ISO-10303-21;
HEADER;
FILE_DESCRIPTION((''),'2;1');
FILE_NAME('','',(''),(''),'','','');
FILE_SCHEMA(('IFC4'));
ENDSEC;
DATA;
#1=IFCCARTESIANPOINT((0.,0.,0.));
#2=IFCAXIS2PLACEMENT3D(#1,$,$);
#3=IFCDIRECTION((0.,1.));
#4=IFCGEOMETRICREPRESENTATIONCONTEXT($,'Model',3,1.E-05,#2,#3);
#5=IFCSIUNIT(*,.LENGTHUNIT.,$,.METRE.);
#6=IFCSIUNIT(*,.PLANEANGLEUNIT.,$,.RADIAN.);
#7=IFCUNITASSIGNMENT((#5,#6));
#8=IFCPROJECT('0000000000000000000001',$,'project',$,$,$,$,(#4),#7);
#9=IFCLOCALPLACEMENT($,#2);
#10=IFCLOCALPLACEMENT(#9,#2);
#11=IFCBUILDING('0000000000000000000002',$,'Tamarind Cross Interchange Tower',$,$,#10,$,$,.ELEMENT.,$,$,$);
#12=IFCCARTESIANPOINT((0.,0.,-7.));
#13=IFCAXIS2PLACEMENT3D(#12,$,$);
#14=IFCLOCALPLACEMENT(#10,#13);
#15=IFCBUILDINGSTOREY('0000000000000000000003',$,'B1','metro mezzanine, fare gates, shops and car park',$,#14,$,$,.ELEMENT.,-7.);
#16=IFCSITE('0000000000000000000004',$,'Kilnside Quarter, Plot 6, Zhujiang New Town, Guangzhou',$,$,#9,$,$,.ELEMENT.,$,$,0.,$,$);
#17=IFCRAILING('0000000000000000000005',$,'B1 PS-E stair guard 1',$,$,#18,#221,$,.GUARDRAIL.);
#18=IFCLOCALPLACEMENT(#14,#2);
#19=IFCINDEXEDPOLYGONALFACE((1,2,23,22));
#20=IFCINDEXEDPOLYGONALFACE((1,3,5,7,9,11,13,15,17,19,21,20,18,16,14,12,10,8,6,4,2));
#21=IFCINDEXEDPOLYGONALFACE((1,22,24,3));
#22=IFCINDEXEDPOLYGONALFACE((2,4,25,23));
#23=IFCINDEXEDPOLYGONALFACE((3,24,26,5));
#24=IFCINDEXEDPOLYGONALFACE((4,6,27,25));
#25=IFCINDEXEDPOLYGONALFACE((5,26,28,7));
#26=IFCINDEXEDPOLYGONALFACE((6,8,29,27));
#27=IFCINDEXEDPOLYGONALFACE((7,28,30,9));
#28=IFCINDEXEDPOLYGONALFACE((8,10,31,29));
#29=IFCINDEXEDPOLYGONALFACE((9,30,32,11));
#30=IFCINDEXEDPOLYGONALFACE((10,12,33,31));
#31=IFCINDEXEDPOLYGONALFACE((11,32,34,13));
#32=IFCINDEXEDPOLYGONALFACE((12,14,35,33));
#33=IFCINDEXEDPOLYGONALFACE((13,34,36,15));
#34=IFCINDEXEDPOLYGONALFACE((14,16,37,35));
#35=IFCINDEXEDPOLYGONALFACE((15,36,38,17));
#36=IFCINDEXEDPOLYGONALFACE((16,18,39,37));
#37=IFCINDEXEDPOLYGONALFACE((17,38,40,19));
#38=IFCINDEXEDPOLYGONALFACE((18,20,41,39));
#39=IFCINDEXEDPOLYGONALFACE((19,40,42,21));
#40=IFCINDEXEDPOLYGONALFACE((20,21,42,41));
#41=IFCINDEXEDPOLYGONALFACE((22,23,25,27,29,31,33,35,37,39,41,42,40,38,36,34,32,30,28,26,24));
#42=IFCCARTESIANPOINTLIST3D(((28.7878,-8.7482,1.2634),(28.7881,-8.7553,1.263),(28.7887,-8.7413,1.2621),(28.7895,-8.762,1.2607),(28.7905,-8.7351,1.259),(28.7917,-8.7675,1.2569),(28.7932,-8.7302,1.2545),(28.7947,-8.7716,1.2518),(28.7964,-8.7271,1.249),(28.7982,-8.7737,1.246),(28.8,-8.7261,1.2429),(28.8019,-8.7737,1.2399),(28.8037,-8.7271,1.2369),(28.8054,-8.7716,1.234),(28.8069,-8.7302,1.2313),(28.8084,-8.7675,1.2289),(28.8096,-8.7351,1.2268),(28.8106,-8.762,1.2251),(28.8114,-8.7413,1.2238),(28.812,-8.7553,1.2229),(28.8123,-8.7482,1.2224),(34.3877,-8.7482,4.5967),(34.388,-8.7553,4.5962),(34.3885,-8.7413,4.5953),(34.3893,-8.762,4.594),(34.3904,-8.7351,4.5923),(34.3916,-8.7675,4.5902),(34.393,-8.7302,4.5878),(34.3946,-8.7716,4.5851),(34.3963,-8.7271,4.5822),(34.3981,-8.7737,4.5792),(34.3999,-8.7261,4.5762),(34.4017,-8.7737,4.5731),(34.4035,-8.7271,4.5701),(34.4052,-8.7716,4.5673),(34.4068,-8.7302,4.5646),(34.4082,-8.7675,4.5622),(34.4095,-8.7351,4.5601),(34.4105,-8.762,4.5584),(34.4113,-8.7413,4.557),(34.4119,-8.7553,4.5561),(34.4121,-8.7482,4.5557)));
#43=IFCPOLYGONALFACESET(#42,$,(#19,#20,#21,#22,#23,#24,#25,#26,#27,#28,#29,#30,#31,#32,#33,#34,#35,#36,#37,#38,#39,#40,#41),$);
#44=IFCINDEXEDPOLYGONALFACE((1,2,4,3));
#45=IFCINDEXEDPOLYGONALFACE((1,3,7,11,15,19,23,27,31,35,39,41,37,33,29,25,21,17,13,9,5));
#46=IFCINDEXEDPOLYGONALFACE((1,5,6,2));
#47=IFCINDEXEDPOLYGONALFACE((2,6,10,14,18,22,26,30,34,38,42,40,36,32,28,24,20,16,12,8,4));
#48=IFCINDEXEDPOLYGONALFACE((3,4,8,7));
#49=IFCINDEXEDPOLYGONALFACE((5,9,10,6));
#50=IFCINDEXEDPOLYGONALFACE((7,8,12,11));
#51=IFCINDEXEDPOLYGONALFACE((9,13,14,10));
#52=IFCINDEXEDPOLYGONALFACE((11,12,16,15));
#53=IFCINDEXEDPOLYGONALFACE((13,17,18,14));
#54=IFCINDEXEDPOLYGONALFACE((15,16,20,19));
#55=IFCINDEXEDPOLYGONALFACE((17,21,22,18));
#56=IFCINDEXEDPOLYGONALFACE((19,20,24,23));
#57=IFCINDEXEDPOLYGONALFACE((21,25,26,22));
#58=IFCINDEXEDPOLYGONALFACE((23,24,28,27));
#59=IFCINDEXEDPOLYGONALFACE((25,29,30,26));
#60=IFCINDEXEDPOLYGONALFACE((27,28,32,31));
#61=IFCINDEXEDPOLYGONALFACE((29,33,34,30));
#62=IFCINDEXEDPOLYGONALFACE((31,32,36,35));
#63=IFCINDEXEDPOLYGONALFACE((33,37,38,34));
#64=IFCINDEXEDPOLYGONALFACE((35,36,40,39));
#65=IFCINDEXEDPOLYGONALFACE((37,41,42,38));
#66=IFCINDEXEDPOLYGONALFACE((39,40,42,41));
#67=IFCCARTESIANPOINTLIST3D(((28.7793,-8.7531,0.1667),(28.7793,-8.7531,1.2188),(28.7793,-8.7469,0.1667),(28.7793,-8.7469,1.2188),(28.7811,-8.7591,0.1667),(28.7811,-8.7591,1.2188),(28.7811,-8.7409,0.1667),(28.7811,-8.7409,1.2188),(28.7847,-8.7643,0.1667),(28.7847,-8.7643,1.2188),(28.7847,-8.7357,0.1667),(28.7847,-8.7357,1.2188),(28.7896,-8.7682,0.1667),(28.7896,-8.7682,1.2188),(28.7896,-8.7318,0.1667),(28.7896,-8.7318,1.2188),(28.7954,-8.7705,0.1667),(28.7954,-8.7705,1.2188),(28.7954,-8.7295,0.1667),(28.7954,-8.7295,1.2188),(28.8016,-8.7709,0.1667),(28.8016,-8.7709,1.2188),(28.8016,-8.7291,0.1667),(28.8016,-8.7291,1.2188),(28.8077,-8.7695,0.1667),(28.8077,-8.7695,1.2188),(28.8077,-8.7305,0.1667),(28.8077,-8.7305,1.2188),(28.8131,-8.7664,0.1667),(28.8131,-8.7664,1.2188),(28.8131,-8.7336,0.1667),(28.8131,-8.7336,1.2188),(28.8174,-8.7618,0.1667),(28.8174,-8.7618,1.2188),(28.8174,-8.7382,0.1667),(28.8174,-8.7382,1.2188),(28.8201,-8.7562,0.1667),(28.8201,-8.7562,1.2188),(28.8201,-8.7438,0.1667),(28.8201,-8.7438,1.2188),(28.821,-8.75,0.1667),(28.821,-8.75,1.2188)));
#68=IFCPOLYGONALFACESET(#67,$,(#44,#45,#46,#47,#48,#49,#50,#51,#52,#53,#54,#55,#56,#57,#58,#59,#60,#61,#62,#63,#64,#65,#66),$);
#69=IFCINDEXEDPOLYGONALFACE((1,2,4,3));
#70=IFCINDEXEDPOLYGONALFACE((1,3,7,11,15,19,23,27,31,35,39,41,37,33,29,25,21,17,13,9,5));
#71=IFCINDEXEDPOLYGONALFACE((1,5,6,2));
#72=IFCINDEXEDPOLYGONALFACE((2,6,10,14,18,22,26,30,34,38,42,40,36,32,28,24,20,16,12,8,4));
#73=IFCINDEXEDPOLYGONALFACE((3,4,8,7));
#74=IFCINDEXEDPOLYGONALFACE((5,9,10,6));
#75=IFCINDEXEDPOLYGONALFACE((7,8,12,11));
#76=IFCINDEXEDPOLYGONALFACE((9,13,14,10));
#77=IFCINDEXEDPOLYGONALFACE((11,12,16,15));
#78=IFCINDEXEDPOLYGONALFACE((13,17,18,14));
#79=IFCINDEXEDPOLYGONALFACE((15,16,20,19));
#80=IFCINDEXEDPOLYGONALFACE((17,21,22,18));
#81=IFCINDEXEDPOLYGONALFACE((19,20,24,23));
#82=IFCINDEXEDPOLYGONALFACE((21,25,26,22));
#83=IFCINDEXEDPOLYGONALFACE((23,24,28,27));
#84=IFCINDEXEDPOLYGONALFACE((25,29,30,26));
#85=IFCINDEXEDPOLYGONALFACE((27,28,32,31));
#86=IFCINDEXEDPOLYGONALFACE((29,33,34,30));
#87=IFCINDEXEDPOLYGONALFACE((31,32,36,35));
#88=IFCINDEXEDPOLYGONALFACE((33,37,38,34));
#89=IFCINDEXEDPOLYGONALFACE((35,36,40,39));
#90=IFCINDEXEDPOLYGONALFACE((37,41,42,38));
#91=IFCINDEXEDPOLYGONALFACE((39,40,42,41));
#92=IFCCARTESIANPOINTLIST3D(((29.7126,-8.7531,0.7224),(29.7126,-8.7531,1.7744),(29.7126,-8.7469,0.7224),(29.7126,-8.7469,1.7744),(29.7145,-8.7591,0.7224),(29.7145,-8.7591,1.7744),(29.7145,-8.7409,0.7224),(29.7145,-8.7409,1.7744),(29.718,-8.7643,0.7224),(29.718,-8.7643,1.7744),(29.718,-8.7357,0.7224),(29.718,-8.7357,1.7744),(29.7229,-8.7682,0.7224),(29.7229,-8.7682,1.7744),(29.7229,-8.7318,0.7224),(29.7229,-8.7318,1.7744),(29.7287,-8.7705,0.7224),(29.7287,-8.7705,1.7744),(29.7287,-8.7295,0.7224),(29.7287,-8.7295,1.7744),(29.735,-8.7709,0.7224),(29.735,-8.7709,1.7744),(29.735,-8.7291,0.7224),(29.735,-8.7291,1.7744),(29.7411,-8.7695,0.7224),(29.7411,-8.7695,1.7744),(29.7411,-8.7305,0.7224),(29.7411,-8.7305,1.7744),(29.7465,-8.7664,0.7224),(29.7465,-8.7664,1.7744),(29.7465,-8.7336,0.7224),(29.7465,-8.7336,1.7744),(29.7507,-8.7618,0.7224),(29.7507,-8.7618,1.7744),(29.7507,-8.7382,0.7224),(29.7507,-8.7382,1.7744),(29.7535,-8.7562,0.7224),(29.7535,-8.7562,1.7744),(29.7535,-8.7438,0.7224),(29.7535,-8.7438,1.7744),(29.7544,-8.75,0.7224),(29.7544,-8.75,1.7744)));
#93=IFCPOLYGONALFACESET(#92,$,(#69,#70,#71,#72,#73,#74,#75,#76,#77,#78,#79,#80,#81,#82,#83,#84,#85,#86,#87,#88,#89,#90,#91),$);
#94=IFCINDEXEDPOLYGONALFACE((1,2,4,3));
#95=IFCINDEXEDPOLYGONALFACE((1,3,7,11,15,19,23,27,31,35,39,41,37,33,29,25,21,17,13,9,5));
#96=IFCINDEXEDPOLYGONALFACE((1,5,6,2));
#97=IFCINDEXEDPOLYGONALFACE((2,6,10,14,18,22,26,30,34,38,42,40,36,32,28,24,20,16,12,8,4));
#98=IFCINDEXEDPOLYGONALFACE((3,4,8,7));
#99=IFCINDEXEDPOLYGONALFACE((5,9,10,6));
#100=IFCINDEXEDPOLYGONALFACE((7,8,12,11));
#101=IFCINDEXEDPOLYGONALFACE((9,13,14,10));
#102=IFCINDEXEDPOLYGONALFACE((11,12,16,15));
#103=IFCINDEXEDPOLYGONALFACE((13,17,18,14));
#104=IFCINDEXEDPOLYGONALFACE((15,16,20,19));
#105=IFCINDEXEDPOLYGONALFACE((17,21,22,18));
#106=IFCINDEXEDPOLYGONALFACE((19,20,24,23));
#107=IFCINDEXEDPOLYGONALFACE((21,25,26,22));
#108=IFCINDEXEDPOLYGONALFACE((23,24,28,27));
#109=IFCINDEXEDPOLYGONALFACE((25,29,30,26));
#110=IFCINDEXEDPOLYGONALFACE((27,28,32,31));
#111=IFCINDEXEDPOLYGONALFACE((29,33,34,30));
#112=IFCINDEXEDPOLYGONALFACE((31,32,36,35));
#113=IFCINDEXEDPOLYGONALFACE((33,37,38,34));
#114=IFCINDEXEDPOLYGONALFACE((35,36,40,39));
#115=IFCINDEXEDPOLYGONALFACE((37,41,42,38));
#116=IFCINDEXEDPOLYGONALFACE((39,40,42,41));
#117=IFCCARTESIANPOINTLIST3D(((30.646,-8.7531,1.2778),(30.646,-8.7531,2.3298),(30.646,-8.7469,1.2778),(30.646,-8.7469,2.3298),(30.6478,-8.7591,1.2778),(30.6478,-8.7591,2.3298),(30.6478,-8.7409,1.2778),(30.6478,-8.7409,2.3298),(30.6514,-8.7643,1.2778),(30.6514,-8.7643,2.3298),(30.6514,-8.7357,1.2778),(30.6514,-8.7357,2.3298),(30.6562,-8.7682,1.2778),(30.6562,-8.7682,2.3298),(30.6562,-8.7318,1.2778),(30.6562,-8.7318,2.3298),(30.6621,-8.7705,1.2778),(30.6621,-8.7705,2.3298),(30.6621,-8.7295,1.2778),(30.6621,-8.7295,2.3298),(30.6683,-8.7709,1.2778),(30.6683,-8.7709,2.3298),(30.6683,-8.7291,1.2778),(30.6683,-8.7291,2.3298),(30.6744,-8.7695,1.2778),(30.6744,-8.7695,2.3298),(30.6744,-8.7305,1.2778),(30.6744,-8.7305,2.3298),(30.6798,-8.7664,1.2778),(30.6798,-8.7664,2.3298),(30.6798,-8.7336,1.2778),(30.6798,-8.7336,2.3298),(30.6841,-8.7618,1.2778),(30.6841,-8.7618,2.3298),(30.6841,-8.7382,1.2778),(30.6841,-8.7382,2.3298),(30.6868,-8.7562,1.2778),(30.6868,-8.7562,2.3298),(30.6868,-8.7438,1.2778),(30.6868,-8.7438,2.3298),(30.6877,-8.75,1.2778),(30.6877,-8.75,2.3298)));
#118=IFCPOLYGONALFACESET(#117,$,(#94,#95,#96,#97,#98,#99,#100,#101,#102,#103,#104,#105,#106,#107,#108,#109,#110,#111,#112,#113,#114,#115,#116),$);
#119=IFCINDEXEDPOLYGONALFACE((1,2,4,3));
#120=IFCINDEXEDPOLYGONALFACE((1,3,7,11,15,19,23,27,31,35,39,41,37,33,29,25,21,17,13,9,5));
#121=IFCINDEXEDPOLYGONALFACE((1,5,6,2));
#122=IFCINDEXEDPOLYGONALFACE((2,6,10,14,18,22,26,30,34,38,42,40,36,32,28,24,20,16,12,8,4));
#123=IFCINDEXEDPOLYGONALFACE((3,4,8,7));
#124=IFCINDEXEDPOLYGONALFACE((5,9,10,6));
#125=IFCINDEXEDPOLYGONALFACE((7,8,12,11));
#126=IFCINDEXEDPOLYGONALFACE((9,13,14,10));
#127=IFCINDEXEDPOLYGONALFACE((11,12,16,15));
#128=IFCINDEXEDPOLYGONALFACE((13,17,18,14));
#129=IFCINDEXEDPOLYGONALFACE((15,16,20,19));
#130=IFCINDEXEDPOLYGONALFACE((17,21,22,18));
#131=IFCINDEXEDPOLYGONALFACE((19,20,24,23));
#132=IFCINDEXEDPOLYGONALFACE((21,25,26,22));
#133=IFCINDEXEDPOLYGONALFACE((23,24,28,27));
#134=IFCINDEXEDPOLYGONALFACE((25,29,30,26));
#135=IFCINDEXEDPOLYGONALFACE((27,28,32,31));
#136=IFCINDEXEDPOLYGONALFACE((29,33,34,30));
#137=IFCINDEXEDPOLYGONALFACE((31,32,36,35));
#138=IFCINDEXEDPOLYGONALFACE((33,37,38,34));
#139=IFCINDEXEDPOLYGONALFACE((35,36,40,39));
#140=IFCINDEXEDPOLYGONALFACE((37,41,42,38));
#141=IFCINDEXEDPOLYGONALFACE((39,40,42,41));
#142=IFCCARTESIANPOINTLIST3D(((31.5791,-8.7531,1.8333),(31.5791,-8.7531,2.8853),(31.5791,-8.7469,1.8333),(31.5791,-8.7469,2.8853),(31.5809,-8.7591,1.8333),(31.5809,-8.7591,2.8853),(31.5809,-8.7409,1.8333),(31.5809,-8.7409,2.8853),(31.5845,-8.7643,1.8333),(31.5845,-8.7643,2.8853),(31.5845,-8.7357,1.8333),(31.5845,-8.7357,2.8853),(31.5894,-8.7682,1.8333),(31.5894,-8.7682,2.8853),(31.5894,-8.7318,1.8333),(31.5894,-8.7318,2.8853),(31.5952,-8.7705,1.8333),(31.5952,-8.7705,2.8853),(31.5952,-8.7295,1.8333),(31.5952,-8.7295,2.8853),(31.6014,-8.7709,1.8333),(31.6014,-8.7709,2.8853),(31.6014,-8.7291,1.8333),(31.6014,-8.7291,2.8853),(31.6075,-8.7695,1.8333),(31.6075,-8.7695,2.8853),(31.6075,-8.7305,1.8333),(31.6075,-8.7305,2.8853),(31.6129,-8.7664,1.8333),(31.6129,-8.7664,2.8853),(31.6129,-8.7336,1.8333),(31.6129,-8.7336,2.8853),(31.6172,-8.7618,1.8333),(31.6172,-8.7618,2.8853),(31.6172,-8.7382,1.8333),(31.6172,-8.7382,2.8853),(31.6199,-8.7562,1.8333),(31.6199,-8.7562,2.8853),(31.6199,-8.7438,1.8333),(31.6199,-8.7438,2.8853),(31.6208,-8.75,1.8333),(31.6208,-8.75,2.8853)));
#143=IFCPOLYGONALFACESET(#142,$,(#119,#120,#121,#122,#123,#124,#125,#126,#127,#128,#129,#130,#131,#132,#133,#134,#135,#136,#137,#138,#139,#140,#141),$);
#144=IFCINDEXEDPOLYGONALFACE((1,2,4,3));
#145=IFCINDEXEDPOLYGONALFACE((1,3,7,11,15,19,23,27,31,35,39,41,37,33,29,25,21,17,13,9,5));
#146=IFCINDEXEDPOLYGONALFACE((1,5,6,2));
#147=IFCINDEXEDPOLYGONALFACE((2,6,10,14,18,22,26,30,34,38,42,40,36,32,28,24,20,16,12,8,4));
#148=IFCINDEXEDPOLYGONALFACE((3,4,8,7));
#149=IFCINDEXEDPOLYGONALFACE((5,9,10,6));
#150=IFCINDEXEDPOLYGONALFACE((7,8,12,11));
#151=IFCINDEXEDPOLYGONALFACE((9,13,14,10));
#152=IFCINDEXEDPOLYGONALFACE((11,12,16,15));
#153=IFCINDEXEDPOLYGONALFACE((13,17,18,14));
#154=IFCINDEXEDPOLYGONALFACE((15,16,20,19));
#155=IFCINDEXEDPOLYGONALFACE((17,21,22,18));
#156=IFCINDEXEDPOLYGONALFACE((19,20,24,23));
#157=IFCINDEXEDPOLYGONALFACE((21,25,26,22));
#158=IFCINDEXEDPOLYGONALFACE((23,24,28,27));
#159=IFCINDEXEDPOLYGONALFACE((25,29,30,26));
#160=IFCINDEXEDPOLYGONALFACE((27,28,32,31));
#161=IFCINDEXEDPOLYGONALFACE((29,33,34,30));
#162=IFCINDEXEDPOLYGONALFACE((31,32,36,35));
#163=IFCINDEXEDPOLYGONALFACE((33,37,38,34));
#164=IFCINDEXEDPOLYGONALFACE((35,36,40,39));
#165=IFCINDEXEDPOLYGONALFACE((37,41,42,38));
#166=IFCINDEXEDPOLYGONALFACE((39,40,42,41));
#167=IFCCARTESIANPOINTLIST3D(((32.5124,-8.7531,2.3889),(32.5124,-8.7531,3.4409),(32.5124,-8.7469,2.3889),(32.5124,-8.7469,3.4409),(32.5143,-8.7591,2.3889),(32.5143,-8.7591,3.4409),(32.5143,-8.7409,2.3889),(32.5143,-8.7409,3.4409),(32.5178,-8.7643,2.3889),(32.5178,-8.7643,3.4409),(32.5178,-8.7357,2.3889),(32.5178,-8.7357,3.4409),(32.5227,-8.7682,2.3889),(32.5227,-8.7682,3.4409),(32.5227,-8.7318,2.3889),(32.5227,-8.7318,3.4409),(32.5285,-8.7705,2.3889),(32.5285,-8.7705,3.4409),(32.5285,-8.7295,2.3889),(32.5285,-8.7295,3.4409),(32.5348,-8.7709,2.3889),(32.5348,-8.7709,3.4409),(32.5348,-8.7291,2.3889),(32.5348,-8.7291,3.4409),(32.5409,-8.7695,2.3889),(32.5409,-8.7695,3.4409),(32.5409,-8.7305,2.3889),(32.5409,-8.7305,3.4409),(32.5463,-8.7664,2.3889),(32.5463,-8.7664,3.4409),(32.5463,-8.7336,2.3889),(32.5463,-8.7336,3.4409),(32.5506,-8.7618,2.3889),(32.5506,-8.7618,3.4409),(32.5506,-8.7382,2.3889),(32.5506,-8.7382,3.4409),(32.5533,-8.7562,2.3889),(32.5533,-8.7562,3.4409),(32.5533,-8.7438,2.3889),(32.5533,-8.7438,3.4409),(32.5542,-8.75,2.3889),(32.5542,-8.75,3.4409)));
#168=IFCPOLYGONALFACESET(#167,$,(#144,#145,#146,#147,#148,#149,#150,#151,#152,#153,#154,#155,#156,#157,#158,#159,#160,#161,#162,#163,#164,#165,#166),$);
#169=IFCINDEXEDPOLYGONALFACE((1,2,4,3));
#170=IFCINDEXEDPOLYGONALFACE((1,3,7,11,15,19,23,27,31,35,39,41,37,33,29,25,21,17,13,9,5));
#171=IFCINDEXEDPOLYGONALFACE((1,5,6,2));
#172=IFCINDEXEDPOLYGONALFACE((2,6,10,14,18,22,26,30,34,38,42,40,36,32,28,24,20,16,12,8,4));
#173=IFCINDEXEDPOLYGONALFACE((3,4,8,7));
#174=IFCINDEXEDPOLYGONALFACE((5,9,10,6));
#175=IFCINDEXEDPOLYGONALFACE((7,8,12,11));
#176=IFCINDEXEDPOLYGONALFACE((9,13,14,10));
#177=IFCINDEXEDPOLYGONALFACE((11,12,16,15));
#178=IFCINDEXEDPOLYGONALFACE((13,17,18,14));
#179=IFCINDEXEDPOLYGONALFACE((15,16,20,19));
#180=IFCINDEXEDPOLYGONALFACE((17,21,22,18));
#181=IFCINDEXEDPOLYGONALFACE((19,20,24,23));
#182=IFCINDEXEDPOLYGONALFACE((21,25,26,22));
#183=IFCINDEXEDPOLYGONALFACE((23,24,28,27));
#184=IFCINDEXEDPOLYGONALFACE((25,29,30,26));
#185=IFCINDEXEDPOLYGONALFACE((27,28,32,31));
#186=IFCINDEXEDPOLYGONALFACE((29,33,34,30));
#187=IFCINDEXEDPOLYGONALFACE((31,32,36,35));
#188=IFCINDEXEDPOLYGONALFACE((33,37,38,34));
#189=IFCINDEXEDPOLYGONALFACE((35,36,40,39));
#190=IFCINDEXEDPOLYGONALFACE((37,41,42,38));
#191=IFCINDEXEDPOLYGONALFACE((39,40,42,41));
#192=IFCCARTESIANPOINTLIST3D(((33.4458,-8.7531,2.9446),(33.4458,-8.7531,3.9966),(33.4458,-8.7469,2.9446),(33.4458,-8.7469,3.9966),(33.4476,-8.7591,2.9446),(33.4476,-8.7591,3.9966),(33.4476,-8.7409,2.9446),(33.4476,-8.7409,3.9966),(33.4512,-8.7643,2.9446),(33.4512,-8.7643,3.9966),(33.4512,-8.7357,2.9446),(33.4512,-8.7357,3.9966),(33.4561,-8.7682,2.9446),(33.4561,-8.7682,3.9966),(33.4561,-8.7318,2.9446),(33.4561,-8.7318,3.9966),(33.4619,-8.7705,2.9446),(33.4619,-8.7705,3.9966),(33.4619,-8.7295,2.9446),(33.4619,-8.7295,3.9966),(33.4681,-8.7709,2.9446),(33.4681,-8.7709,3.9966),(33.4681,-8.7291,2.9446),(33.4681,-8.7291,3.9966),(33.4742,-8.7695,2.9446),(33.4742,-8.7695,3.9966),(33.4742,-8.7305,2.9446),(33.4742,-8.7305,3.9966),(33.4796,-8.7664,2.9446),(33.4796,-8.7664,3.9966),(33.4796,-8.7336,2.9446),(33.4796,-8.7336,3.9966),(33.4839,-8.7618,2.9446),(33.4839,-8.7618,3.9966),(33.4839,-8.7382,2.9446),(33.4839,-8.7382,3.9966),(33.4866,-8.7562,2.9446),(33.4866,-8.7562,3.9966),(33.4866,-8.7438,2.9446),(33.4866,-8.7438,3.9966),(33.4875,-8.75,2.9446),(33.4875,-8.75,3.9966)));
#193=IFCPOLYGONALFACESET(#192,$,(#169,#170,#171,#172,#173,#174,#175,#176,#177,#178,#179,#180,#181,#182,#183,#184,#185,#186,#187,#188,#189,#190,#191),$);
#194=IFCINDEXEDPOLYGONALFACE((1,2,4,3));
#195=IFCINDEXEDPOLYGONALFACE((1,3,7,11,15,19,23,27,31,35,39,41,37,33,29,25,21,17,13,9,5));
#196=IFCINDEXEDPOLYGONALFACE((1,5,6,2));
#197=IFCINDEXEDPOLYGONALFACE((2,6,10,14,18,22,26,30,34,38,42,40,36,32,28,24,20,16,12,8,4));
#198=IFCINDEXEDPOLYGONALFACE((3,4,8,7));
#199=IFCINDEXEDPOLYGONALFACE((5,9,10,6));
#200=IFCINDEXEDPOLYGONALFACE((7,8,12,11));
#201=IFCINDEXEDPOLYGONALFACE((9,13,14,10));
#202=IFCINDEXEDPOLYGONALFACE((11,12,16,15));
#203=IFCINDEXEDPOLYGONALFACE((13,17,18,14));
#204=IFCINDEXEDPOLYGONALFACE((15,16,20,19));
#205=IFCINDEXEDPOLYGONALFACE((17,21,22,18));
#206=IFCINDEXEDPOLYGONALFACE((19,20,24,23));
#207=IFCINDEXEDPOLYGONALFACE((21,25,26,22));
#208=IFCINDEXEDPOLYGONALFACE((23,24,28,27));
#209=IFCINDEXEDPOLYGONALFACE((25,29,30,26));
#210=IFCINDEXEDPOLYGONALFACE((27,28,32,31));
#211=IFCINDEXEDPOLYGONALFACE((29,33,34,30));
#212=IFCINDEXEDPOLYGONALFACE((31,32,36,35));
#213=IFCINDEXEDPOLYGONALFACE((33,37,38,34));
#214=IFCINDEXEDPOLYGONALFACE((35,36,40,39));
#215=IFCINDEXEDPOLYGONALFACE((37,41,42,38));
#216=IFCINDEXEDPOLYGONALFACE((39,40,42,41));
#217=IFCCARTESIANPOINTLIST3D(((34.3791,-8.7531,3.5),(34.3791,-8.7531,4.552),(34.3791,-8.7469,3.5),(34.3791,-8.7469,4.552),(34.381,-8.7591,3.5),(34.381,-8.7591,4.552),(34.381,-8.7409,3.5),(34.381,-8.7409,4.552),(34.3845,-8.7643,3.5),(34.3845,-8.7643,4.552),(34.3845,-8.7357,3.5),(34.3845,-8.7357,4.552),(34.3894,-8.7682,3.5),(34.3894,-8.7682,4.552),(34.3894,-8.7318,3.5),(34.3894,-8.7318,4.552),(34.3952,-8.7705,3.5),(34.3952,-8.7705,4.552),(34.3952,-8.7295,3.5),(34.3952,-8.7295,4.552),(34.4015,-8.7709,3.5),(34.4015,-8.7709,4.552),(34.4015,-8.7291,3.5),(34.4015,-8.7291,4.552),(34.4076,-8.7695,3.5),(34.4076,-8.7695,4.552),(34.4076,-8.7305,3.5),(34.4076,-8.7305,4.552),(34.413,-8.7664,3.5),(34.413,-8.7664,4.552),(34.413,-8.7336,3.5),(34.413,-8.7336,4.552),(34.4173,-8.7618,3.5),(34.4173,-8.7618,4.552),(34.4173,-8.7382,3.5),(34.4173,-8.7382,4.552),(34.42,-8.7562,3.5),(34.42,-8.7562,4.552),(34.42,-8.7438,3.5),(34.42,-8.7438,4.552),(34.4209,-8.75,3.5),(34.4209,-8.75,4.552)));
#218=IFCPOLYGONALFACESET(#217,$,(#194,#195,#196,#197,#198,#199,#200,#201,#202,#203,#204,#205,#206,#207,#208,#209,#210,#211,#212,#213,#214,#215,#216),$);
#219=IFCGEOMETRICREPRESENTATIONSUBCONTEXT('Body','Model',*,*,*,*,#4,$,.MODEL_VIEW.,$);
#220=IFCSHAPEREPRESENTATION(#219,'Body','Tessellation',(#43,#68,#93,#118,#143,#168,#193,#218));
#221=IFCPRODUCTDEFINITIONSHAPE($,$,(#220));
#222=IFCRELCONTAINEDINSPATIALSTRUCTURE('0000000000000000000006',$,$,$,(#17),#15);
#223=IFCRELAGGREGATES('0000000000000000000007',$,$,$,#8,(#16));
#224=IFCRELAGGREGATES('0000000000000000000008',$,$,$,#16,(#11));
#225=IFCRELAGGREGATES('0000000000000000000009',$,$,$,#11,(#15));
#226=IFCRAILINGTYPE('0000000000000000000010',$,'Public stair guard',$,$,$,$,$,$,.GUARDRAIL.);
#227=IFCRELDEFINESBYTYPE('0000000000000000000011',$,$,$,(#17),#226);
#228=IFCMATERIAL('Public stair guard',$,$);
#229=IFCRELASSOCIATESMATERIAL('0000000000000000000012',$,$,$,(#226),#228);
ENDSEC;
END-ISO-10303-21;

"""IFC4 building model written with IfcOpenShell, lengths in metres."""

from ifc_helpers import new_model, si_unit, direction, frame, origin, origin_2d, place, context, subcontext, project, spatial, circle, extrude, material, type_object, element, save


model = new_model("IFC4")

# Units and contexts
model_context = context("Model", 3, precision=1e-05, world=origin(), true_north=direction((0.0, 1.0)))
body_context = subcontext(model_context, "Body", "Model", "MODEL_VIEW")
ifc_project = project(units=[si_unit("LENGTHUNIT", "METRE"), si_unit("PLANEANGLEUNIT", "RADIAN")], contexts=[model_context])

# Site, building, storey
site_placement = place(None, origin())
site = spatial("IfcSite", under=ifc_project, at=site_placement, Name="Kilnside Quarter, Plot 6, Zhujiang New Town, Guangzhou", CompositionType="ELEMENT", RefElevation=0.0)
building_placement = place(site_placement, origin())
building = spatial("IfcBuilding", under=site, at=building_placement, Name="Tamarind Cross Interchange Tower", CompositionType="ELEMENT")
storey_placement = place(building_placement, frame((0.0, 0.0, -7.0)))
storey = spatial("IfcBuildingStorey", under=building, at=storey_placement, Name="B1", Description="metro mezzanine, fare gates, shops and car park", CompositionType="ELEMENT", Elevation=-7.0)

# Railing
ifc_material_1 = material(Name="Public stair guard")
railing_type_1 = type_object("IfcRailingType", Name="Public stair guard", PredefinedType="GUARDRAIL", material=ifc_material_1)
railing_1_placement = place(storey_placement, frame((28.8, -8.75, 0.1667)))
element("IfcRailing", 1, at=railing_1_placement, inside=storey, type_object=railing_type_1, Name="B1 PS-E stair guard 1", PredefinedType="GUARDRAIL", context=body_context, shape_type="SweptSolid", body=[
    extrude(circle(Radius=0.0239, at=origin_2d()), frame((0.0, 0.0, 1.0762), z_axis=(0.859292, 0.0, 0.511485), x_axis=(0.0, 1.0, 0.0)), (0.0, 0.0, 1.0), 6.5168),
    extrude(circle(Radius=0.021, at=origin_2d()), origin(), (0.0, 0.0, 1.0), 1.052),
    extrude(circle(Radius=0.021, at=origin_2d()), frame((0.9333, 0.0, 0.5557)), (0.0, 0.0, 1.0), 1.052),
    extrude(circle(Radius=0.021, at=origin_2d()), frame((1.8667, 0.0, 1.1111)), (0.0, 0.0, 1.0), 1.052),
    extrude(circle(Radius=0.021, at=origin_2d()), frame((2.7998, 0.0, 1.6665)), (0.0, 0.0, 1.0), 1.052),
    extrude(circle(Radius=0.021, at=origin_2d()), frame((3.7332, 0.0, 2.2222)), (0.0, 0.0, 1.0), 1.052),
    extrude(circle(Radius=0.021, at=origin_2d()), frame((4.6665, 0.0, 2.7778)), (0.0, 0.0, 1.0), 1.052),
    extrude(circle(Radius=0.021, at=origin_2d()), frame((5.5999, 0.0, 3.3333)), (0.0, 0.0, 1.0), 1.052),
])

save(model, "model.ifc")
